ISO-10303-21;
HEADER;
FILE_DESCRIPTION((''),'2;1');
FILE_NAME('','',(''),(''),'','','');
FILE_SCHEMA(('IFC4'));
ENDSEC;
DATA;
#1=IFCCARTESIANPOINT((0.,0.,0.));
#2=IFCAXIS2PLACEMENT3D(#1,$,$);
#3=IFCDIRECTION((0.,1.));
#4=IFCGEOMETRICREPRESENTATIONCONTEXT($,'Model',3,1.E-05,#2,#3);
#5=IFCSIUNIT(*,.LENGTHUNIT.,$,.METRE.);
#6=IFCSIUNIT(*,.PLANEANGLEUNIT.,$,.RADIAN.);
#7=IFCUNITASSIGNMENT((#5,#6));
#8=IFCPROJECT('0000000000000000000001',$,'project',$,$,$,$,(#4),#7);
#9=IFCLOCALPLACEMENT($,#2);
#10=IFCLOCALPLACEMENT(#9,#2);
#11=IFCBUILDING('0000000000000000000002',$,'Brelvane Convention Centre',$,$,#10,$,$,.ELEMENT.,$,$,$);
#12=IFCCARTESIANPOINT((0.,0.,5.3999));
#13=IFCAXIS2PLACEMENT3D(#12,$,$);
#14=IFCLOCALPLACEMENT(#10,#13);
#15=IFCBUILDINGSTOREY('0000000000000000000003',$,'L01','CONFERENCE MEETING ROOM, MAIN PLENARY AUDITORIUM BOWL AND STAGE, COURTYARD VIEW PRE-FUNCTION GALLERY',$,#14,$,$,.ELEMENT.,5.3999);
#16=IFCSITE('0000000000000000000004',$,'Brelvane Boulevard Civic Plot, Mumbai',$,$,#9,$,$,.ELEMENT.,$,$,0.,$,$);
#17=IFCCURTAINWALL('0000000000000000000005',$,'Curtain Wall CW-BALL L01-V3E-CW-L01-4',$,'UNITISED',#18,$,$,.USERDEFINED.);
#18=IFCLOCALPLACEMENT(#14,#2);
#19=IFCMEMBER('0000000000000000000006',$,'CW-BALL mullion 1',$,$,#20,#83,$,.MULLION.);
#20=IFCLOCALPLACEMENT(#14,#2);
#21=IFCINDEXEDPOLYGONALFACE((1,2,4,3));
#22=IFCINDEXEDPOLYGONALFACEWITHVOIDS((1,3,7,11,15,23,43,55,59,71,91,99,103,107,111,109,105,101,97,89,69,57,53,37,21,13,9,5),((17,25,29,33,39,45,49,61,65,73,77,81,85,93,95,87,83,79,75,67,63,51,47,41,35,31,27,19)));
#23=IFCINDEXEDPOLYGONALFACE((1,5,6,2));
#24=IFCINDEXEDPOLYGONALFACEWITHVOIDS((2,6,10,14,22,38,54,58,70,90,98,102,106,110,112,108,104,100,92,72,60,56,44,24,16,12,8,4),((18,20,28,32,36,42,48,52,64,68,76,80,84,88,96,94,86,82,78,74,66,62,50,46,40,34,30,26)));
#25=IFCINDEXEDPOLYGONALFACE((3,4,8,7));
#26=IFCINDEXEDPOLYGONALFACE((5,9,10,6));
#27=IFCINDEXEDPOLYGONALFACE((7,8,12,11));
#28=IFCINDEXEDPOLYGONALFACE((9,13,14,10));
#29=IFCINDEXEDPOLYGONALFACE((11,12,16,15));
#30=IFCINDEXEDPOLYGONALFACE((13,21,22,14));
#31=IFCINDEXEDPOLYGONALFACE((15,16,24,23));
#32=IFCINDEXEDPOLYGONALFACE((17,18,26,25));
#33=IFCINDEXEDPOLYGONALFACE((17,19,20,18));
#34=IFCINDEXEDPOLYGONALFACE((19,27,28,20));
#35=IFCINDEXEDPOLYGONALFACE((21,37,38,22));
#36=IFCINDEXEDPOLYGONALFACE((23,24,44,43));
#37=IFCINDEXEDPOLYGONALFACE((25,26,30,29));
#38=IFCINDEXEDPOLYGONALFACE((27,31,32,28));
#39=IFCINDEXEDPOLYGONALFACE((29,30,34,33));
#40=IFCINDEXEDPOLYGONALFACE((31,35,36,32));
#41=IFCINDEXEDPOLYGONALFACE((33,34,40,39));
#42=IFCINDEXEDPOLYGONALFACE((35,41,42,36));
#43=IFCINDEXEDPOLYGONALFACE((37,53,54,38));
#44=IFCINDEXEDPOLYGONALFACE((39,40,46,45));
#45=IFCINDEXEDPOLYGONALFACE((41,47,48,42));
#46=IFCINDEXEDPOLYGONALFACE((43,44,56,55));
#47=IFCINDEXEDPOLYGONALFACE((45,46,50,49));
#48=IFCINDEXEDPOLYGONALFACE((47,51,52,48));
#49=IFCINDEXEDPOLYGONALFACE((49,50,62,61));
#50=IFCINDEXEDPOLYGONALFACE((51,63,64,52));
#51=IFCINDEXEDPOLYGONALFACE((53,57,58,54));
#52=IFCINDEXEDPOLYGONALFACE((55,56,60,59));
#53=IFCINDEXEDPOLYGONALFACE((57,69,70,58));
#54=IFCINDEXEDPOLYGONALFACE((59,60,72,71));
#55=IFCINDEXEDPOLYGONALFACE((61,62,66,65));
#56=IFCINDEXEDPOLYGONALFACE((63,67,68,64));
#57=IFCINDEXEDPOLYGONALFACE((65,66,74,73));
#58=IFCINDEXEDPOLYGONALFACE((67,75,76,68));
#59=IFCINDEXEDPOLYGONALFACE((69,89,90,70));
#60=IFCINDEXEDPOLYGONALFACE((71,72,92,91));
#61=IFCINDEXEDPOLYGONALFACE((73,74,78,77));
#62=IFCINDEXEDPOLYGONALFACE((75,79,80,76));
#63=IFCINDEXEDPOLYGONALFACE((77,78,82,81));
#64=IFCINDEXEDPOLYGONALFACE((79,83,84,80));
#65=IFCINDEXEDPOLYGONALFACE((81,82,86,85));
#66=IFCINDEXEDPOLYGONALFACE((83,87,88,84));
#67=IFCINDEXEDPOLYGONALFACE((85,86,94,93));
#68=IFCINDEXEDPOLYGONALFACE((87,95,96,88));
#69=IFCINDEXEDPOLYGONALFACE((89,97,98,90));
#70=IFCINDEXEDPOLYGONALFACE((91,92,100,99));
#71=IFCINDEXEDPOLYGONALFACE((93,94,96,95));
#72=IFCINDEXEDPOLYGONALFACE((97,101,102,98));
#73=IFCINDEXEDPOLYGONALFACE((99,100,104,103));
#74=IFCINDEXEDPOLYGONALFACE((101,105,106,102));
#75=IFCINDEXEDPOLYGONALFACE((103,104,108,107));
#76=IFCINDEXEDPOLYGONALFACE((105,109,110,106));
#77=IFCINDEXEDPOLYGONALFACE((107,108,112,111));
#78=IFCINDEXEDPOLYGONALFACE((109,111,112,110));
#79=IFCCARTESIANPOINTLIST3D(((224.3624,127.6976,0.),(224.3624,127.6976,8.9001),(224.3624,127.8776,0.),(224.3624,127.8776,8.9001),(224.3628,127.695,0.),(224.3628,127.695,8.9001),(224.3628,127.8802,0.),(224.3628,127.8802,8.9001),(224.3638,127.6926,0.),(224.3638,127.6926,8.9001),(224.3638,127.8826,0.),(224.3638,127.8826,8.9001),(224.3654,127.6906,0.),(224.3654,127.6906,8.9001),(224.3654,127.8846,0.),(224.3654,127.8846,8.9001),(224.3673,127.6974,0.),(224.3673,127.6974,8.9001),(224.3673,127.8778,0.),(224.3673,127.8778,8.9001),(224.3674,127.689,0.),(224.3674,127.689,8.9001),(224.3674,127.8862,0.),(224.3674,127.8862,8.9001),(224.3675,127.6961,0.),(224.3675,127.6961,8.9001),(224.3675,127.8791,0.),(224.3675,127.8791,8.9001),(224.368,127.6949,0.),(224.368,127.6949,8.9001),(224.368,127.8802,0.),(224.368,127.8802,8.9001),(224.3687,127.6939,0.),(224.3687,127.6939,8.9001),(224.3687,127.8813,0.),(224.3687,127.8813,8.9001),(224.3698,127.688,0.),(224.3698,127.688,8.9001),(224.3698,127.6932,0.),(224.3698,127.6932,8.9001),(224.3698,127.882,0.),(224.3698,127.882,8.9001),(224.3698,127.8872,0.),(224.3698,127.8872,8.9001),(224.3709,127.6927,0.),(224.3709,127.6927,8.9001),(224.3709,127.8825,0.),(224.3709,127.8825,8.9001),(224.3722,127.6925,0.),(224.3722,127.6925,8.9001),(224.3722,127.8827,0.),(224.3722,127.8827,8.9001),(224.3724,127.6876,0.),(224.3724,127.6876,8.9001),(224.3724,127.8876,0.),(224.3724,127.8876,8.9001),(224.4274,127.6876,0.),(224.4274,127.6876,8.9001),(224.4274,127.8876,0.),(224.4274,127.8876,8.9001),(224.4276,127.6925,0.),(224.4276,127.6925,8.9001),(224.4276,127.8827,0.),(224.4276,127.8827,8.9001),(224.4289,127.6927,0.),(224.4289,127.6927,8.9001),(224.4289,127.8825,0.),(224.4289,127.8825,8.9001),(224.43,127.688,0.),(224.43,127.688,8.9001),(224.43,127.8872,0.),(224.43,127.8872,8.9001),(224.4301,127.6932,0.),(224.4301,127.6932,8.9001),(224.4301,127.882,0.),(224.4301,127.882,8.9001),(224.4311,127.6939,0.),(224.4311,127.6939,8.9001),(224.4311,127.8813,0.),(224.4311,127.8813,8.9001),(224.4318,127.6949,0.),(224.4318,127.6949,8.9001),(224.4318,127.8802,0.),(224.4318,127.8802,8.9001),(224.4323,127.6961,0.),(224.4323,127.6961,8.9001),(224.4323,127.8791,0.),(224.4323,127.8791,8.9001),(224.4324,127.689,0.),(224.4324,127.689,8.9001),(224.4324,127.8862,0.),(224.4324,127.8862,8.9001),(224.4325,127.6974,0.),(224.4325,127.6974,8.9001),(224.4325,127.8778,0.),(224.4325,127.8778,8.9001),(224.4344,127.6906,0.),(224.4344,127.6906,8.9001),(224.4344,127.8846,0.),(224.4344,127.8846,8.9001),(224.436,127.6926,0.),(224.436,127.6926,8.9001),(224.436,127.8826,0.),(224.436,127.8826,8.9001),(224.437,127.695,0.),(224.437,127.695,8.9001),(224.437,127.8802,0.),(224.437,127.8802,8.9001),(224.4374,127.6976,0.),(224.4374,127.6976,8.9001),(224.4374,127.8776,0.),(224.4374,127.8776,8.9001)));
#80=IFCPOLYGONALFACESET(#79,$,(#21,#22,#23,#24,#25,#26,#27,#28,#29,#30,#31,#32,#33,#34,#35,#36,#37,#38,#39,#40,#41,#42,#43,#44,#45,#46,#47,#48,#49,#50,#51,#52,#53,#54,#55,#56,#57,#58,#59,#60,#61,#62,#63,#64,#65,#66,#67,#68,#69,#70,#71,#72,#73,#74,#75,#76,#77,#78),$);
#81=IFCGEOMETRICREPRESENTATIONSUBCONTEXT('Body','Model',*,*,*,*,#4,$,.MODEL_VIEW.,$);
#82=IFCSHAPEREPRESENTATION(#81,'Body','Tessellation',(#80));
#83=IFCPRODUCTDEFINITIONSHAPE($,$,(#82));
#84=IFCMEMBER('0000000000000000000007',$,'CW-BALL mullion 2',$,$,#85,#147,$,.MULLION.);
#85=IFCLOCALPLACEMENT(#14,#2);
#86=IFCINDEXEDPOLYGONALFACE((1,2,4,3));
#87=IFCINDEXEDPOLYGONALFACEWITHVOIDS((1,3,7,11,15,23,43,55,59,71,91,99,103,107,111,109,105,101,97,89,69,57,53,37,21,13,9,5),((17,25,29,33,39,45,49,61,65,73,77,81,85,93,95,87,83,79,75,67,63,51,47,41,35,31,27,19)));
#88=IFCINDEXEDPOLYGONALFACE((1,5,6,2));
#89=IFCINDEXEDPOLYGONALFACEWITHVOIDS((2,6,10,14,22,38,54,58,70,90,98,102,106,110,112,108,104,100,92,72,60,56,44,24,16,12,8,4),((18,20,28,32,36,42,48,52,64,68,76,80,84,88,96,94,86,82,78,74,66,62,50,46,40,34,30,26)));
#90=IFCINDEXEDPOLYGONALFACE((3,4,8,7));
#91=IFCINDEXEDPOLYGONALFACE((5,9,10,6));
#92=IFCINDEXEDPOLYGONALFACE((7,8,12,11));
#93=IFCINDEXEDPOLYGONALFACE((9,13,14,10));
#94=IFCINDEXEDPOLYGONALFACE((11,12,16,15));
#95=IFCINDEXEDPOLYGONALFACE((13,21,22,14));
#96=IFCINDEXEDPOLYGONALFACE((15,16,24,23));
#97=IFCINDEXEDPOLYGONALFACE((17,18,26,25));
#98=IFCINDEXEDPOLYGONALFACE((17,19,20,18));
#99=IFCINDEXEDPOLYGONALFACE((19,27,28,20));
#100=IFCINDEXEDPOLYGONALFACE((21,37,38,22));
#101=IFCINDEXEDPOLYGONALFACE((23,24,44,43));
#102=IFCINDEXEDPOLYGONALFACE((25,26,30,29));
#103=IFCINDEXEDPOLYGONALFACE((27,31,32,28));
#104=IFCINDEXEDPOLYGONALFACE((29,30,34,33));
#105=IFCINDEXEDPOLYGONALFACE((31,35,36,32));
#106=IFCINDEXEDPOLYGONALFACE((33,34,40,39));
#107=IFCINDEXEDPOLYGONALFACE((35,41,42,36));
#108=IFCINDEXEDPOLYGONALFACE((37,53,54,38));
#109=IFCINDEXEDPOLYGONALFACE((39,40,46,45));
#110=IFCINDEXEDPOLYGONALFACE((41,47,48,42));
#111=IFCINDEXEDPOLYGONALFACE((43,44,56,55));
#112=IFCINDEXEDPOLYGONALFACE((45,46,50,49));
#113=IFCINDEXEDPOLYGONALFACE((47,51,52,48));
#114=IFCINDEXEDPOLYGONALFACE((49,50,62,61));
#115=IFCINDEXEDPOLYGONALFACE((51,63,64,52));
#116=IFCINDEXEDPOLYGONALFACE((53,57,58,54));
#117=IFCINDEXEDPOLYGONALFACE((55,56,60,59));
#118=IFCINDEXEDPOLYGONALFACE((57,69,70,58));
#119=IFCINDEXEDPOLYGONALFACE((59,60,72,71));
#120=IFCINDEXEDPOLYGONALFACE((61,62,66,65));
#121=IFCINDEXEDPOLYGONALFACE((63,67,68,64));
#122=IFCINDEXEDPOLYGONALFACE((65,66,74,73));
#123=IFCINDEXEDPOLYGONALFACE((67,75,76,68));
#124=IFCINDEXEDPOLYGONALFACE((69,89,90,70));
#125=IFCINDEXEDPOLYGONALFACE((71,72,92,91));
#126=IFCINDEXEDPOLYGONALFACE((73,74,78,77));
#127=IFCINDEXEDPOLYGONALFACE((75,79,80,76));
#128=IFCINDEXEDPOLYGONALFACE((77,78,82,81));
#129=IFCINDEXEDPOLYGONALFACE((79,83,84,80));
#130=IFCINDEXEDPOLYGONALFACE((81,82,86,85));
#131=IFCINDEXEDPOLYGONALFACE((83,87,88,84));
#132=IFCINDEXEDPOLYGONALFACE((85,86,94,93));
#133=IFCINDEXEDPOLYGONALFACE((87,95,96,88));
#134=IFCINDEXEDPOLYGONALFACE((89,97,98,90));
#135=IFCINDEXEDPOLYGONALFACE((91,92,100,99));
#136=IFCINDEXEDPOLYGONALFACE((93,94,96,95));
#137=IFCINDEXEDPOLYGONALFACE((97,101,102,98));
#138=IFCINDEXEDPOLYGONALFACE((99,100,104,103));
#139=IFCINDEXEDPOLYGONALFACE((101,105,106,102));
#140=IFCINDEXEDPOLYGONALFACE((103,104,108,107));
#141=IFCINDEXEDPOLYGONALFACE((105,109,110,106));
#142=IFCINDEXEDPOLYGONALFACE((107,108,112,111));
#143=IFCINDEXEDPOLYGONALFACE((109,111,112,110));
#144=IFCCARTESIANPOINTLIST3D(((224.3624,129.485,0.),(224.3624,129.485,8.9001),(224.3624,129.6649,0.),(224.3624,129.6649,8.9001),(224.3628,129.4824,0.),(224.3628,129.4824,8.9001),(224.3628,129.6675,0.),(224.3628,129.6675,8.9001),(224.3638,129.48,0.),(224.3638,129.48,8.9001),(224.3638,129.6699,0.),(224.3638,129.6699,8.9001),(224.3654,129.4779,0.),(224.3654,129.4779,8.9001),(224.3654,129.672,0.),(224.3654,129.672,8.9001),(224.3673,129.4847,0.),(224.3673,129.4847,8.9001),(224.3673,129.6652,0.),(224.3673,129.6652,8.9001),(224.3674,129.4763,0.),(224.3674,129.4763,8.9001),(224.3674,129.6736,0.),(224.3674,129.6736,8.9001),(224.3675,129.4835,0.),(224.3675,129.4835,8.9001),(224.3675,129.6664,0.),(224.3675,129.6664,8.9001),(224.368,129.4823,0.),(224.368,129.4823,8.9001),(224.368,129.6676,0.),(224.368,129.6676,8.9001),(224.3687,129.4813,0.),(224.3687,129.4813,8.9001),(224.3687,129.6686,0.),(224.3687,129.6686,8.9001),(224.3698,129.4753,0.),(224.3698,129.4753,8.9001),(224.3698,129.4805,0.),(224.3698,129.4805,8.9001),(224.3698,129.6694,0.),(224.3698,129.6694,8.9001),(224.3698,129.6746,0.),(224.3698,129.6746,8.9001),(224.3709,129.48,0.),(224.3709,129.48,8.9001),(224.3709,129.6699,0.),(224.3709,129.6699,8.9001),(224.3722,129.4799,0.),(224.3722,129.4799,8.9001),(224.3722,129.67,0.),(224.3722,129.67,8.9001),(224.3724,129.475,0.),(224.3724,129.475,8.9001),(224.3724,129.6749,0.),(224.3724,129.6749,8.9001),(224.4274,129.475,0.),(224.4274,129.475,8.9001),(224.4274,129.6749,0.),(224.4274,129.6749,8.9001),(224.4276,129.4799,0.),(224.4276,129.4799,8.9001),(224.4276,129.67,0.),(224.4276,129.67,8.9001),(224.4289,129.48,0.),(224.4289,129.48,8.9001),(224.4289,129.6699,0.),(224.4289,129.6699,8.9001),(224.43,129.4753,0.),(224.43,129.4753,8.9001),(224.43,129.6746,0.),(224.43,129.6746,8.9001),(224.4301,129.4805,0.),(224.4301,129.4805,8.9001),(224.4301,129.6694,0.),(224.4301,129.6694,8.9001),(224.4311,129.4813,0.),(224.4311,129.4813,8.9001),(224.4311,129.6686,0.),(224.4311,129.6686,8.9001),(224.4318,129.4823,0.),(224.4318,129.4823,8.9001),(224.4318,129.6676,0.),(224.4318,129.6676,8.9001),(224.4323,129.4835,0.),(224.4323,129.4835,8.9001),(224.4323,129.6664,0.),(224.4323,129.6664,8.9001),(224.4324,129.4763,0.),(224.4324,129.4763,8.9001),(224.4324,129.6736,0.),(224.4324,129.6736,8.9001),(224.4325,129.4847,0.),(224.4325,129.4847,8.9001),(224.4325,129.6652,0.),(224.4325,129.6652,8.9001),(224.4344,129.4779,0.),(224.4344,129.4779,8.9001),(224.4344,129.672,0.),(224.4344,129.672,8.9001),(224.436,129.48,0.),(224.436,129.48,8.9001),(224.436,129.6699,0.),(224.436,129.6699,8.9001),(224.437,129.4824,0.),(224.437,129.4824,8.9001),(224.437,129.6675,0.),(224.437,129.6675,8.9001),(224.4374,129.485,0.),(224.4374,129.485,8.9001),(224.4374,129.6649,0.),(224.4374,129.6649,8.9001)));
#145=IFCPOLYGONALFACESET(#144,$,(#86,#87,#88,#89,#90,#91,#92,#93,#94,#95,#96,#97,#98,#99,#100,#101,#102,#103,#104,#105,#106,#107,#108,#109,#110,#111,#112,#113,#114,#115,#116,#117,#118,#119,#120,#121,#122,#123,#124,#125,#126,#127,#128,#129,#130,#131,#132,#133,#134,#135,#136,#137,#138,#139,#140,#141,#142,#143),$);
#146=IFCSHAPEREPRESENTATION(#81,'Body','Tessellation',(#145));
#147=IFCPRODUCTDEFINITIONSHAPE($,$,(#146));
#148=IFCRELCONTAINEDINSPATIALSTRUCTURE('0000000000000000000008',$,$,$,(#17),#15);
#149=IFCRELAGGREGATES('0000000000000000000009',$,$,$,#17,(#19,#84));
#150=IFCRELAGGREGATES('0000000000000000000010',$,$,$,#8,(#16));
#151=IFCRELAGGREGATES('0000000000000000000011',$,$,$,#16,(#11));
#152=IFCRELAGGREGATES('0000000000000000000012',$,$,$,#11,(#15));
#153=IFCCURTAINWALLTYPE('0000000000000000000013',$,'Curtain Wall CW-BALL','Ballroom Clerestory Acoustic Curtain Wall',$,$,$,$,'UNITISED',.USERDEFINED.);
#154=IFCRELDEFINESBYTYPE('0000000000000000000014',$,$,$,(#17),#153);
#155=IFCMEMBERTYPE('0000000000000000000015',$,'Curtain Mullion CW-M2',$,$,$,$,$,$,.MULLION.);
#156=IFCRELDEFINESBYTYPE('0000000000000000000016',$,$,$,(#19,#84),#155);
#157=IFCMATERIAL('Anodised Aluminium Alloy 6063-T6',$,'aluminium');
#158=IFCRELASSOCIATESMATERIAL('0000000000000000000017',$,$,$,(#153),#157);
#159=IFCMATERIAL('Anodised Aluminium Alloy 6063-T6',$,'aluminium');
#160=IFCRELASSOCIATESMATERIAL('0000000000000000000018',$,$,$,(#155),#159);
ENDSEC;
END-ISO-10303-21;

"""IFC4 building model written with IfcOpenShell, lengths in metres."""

from ifc_helpers import new_model, si_unit, direction, frame, origin, origin_2d, place, context, subcontext, project, spatial, hollow_rectangle, extrude, material, material_profile, profile_set, type_object, element, aggregate, save


model = new_model("IFC4")

# Units and contexts
model_context = context("Model", 3, precision=1e-05, world=origin(), true_north=direction((0.0, 1.0)))
body_context = subcontext(model_context, "Body", "Model", "MODEL_VIEW")
ifc_project = project(units=[si_unit("LENGTHUNIT", "METRE"), si_unit("PLANEANGLEUNIT", "RADIAN")], contexts=[model_context])

# Site, building, storey
site_placement = place(None, origin())
site = spatial("IfcSite", under=ifc_project, at=site_placement, Name="Brelvane Boulevard Civic Plot, Mumbai", CompositionType="ELEMENT", RefElevation=0.0)
building_placement = place(site_placement, origin())
building = spatial("IfcBuilding", under=site, at=building_placement, Name="Brelvane Convention Centre", CompositionType="ELEMENT")
storey_placement = place(building_placement, frame((0.0, 0.0, 5.3999)))
storey = spatial("IfcBuildingStorey", under=building, at=storey_placement, Name="L01", Description="CONFERENCE MEETING ROOM, MAIN PLENARY AUDITORIUM BOWL AND STAGE, COURTYARD VIEW PRE-FUNCTION GALLERY", CompositionType="ELEMENT", Elevation=5.3999)

# Shared definitions
ifc_material_1 = material(Name="Anodised Aluminium Alloy 6063-T6", Category="aluminium")
curtain_wall_type = type_object("IfcCurtainWallType", Name="Curtain Wall CW-BALL", Description="Ballroom Clerestory Acoustic Curtain Wall", ElementType="UNITISED", PredefinedType="USERDEFINED", material=ifc_material_1)
ifc_material_2 = material(Name="Anodised Aluminium Alloy 6063-T6", Category="aluminium")
ifc_material_profile_1 = material_profile(ifc_material_2, hollow_rectangle(XDim=0.075, YDim=0.2, WallThickness=0.0049, InnerFilletRadius=0.0049, OuterFilletRadius=0.01, at=origin_2d()), Name="ALU-M 200x75x5.0")
ifc_profile_set_1 = profile_set([ifc_material_profile_1], Name="Anodised Aluminium Alloy 6063-T6")
member_type_1 = type_object("IfcMemberType", Name="Curtain Mullion CW-M2", PredefinedType="MULLION", material=ifc_profile_set_1)

# Curtain wall, members
curtain_wall_1_placement = place(storey_placement, origin())
curtain_wall_1 = element("IfcCurtainWall", 1, at=curtain_wall_1_placement, inside=storey, type_object=curtain_wall_type, Name="Curtain Wall CW-BALL L01-V3E-CW-L01-4", ObjectType="UNITISED", PredefinedType="USERDEFINED")
member_1_placement = place(storey_placement, frame((224.3999, 127.7876, 0.0), z_axis=(0.0, 0.0, 1.0), x_axis=(-1.0, 0.0, 0.0)))
member_1 = element("IfcMember", 2, at=member_1_placement, type_object=member_type_1, Name="CW-BALL mullion 1", PredefinedType="MULLION", context=body_context, shape_type="SweptSolid", body=[
    extrude(hollow_rectangle(XDim=0.075, YDim=0.2, WallThickness=0.0049, InnerFilletRadius=0.0049, OuterFilletRadius=0.01, at=origin_2d()), origin(), (0.0, 0.0, 1.0), 8.9001),
])
member_2_placement = place(storey_placement, frame((224.3999, 129.575, 0.0), z_axis=(0.0, 0.0, 1.0), x_axis=(-1.0, 0.0, 0.0)))
member_2 = element("IfcMember", 3, at=member_2_placement, type_object=member_type_1, Name="CW-BALL mullion 2", PredefinedType="MULLION", context=body_context, shape_type="SweptSolid", body=[
    extrude(hollow_rectangle(XDim=0.075, YDim=0.2, WallThickness=0.0049, InnerFilletRadius=0.0049, OuterFilletRadius=0.01, at=origin_2d()), origin(), (0.0, 0.0, 1.0), 8.9001),
])

aggregate(curtain_wall_1, [member_1, member_2])

save(model, "model.ifc")
